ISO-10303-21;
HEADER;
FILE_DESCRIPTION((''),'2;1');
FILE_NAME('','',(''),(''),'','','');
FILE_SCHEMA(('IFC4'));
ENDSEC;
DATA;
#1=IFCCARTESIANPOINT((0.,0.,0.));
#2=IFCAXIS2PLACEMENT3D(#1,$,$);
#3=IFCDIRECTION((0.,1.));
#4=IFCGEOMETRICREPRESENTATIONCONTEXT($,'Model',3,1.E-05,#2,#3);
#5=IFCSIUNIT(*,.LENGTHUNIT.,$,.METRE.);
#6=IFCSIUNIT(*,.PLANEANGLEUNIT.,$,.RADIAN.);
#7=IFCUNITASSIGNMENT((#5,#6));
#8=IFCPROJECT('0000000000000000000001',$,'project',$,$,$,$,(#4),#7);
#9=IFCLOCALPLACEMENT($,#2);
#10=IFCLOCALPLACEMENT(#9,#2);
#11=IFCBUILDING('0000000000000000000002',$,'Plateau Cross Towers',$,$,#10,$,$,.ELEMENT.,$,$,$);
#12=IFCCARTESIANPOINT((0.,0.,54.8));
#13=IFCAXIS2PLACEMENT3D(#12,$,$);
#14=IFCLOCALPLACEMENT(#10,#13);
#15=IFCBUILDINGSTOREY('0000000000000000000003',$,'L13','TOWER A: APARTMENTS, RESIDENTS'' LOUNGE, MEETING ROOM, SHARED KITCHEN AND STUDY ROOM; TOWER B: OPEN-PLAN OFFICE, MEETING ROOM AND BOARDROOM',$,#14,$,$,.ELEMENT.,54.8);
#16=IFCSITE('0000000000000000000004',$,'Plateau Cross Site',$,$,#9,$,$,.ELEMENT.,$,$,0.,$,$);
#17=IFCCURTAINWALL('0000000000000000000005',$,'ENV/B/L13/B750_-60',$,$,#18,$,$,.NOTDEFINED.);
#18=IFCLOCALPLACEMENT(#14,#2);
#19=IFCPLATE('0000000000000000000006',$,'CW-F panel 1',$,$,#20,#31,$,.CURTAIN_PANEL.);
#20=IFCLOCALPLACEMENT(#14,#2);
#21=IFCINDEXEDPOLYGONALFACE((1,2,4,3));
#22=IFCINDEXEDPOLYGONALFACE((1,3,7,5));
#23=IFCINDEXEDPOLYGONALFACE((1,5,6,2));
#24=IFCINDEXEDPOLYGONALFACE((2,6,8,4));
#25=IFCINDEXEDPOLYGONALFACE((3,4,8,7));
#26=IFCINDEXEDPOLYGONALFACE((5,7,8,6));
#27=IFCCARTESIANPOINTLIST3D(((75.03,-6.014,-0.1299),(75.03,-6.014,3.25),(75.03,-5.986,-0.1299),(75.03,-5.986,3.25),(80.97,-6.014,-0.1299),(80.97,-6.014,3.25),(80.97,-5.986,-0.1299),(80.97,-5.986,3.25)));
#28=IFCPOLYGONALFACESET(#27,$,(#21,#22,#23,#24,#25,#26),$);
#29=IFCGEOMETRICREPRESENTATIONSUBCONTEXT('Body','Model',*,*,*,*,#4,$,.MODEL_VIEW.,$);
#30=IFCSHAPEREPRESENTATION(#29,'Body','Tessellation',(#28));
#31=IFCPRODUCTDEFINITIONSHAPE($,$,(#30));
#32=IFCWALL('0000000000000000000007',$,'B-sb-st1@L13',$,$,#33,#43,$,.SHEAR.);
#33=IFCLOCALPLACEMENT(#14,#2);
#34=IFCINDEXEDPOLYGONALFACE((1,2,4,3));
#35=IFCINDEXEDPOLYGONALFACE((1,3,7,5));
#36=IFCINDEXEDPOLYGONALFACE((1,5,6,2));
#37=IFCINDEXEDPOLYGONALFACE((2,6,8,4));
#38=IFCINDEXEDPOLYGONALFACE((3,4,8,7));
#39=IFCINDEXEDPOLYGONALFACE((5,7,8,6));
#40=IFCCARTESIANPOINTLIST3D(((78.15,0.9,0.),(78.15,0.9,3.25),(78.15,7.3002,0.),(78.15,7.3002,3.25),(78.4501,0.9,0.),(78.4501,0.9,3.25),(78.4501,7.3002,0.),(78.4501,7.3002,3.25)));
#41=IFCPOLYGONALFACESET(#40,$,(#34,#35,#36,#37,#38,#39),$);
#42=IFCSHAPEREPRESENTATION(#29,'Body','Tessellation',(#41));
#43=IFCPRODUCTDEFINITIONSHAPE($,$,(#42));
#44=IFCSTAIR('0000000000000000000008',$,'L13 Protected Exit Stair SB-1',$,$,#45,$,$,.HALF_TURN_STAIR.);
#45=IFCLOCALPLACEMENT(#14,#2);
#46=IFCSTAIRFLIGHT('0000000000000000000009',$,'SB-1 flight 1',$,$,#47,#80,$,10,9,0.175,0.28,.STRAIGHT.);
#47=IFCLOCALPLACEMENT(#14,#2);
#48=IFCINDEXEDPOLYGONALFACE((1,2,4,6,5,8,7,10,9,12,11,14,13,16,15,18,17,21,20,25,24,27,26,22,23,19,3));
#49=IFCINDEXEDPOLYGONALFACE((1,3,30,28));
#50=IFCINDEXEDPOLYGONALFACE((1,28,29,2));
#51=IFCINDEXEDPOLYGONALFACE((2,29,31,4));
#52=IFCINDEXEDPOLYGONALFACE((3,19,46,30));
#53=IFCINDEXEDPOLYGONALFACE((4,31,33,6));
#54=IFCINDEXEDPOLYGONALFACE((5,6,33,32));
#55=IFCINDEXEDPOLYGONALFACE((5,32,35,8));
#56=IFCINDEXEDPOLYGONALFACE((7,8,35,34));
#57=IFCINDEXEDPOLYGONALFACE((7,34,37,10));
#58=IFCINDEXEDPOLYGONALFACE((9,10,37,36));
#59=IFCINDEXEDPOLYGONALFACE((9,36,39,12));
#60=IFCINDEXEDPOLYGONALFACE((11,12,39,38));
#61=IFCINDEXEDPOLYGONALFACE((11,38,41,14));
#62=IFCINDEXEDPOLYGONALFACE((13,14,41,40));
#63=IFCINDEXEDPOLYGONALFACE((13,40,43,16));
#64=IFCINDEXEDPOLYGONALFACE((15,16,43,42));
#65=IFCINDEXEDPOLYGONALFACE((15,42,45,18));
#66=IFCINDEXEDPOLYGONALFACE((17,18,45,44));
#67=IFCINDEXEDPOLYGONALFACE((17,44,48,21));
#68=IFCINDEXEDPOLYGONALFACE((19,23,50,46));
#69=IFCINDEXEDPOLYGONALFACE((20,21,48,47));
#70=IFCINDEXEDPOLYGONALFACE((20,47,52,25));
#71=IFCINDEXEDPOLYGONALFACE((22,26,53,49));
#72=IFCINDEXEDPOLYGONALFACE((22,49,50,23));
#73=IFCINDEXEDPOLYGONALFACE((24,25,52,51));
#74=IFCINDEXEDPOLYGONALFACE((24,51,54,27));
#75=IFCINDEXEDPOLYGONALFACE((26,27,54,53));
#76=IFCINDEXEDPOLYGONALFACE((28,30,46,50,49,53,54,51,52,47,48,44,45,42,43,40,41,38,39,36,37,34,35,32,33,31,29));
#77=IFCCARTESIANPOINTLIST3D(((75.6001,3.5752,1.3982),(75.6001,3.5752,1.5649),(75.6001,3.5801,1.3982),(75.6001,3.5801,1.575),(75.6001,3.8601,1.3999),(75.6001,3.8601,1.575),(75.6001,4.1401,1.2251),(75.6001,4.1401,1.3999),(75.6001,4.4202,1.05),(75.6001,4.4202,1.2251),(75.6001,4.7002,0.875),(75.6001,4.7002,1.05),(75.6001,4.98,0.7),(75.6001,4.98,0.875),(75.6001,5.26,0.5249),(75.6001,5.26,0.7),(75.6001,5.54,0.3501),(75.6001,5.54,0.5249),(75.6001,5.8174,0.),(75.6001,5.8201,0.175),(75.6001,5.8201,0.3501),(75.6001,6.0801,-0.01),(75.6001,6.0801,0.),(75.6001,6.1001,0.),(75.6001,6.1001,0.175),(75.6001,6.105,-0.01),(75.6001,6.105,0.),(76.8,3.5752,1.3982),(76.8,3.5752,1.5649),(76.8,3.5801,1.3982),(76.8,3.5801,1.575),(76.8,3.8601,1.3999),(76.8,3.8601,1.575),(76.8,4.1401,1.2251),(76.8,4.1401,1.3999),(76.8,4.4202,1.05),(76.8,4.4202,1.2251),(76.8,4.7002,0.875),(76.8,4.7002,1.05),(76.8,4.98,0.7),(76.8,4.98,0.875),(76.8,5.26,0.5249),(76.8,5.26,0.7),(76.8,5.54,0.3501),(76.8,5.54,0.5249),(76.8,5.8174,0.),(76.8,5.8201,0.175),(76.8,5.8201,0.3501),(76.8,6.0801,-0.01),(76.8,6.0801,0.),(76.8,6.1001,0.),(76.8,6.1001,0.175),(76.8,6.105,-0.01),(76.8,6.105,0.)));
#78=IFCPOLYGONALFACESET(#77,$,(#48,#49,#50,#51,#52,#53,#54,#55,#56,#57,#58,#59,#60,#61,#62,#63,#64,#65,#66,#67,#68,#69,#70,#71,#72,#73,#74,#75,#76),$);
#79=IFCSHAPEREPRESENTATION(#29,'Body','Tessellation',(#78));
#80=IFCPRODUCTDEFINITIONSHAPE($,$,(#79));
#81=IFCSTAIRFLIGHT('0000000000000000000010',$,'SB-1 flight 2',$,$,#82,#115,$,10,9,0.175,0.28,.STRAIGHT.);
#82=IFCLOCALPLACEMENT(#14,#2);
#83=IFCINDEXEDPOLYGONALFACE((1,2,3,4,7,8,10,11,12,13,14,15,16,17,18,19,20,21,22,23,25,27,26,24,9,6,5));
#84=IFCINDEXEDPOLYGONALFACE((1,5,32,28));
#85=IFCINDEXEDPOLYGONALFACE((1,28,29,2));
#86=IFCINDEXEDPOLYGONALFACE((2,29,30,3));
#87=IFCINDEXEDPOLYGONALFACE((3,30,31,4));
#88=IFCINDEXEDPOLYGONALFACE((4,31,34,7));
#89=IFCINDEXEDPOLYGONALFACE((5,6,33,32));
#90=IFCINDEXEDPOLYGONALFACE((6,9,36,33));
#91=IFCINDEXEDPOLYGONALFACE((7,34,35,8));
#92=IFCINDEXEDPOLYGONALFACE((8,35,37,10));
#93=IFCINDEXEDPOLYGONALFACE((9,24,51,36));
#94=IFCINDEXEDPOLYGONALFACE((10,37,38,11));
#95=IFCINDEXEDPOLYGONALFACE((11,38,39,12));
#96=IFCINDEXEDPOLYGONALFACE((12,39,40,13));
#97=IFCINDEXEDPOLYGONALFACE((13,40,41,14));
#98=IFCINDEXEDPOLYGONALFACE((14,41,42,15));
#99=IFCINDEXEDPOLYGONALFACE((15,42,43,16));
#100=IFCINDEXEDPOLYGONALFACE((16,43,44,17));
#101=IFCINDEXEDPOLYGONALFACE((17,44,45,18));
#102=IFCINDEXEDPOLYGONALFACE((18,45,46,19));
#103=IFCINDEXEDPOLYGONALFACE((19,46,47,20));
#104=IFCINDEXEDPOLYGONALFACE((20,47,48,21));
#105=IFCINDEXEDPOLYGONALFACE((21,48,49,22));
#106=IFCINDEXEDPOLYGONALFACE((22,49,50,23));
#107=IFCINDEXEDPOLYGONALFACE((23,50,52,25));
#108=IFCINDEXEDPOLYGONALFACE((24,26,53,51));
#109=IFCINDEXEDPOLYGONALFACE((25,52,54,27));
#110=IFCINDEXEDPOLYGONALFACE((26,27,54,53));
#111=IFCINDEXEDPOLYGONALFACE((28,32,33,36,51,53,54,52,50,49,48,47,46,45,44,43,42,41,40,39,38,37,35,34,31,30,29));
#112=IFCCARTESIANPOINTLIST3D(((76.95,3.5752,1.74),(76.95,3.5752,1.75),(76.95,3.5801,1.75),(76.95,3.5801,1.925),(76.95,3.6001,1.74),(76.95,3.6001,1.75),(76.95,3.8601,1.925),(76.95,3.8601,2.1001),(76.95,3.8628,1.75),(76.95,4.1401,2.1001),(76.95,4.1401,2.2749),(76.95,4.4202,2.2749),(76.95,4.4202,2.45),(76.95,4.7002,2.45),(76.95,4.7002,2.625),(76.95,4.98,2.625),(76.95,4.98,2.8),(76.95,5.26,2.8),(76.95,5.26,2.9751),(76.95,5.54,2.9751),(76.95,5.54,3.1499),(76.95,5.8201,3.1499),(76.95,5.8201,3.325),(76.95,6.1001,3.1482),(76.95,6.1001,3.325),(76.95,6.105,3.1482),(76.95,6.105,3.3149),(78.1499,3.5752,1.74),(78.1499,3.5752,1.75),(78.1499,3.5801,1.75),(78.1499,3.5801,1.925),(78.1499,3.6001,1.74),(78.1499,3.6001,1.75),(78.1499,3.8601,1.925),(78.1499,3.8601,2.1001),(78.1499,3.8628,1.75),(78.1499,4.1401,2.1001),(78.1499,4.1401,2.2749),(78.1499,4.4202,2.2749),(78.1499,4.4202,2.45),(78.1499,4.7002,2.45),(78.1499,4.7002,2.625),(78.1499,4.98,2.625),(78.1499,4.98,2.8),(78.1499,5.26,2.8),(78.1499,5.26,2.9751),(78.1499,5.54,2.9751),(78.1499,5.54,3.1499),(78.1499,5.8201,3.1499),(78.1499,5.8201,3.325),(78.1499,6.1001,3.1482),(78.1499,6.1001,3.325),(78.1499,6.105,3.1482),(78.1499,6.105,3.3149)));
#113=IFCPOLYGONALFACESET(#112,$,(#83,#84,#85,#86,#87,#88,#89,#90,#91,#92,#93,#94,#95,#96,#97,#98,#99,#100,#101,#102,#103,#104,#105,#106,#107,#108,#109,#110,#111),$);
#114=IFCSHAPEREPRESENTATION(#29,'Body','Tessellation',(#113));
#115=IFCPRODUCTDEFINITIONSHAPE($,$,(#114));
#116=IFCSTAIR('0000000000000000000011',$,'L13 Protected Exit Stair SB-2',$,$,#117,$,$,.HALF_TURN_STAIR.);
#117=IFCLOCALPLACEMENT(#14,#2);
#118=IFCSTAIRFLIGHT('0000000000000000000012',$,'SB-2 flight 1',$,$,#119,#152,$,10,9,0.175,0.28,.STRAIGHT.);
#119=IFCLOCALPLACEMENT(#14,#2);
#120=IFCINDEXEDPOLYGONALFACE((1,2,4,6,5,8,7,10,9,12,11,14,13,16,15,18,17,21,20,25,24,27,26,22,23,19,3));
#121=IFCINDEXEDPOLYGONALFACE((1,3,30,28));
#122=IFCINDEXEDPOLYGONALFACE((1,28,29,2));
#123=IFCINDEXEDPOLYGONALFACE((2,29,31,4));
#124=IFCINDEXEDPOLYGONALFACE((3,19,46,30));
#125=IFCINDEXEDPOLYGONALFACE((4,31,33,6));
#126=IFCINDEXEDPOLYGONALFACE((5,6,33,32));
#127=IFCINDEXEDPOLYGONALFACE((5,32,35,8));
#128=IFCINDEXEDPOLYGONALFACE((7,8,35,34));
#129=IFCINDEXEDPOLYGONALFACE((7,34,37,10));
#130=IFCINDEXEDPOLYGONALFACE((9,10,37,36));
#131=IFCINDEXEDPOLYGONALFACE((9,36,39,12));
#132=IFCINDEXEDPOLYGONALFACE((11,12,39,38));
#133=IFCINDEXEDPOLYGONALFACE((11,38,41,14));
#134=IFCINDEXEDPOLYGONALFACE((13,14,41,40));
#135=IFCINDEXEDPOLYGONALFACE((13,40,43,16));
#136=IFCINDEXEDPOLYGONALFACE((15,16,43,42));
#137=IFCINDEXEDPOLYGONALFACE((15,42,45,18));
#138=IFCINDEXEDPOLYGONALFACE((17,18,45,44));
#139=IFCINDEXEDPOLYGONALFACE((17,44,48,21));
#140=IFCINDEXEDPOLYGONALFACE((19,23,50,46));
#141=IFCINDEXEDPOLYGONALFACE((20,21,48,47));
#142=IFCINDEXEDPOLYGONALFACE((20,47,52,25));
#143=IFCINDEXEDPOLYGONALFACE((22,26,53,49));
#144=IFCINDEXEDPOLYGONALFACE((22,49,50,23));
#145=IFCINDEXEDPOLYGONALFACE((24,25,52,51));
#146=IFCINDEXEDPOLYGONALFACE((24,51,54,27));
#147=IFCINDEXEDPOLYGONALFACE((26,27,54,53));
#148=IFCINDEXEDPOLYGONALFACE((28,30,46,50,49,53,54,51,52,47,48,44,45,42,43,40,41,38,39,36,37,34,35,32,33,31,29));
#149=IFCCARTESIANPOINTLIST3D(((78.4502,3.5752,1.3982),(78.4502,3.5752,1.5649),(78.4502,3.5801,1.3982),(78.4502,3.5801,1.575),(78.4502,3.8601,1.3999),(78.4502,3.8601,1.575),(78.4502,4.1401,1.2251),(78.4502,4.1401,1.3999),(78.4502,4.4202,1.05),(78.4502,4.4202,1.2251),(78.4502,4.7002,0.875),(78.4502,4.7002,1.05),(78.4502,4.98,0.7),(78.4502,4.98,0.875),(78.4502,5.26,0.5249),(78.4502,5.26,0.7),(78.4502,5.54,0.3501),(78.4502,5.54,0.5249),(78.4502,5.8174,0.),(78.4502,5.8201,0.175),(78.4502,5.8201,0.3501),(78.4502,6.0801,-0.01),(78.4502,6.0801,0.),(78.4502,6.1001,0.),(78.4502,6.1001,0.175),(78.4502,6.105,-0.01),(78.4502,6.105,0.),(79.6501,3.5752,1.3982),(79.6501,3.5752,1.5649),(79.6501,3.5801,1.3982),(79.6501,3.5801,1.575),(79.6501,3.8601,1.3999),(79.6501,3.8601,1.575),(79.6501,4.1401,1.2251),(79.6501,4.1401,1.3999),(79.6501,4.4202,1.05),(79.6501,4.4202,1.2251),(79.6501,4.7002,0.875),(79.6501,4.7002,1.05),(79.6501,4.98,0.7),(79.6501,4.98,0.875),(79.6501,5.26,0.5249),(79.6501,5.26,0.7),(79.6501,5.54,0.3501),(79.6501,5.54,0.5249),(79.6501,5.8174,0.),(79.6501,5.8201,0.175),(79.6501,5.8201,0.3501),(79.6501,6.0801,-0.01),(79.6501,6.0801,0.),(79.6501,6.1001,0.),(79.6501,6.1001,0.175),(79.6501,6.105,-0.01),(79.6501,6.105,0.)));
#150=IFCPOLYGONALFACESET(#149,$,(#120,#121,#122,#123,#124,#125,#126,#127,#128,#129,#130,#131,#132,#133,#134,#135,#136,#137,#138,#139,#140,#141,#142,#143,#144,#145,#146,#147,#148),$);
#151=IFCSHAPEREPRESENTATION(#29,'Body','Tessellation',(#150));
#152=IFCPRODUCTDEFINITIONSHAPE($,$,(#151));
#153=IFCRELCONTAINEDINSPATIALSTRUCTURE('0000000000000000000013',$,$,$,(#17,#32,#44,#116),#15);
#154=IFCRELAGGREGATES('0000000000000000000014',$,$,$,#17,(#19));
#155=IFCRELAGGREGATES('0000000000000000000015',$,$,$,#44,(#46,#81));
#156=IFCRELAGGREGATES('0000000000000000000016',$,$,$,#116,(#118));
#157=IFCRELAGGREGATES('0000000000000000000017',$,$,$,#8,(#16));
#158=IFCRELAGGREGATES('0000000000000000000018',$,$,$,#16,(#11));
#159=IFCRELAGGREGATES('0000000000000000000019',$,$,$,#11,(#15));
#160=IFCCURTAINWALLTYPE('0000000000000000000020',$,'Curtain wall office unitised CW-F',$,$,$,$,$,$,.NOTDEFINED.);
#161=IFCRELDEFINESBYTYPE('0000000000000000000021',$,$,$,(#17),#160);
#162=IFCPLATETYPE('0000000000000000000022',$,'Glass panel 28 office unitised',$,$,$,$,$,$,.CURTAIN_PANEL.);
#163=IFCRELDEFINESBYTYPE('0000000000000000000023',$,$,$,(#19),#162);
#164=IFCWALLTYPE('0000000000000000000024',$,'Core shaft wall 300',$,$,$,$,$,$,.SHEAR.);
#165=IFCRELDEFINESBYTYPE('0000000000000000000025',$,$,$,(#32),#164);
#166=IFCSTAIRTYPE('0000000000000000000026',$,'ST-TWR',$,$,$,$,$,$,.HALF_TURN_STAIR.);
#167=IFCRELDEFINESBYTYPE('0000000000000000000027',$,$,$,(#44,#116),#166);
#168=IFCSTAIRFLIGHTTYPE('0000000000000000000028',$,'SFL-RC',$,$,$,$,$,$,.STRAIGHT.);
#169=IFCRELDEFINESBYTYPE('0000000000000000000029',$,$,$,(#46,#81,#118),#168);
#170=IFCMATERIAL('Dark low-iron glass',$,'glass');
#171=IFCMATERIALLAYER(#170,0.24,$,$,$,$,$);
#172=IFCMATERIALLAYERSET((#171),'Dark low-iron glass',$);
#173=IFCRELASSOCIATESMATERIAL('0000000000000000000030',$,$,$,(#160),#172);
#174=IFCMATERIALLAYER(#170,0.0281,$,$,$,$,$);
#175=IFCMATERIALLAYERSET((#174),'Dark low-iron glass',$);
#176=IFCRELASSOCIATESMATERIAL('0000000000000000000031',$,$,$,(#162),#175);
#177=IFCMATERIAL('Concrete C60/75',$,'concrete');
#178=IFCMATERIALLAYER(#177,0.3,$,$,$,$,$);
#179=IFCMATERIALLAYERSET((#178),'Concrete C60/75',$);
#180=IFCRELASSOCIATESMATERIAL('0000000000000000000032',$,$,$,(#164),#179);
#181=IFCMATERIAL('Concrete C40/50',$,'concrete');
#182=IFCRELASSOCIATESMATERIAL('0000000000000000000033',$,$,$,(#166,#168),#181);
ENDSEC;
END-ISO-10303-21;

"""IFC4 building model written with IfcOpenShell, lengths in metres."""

from ifc_helpers import new_model, si_unit, direction, frame, frame_2d, origin, origin_2d, place, context, subcontext, project, spatial, polyline, rectangle, outline, extrude, material, layer, layer_set, type_object, element, aggregate, save


model = new_model("IFC4")

# Units and contexts
model_context = context("Model", 3, precision=1e-05, world=origin(), true_north=direction((0.0, 1.0)))
body_context = subcontext(model_context, "Body", "Model", "MODEL_VIEW")
ifc_project = project(units=[si_unit("LENGTHUNIT", "METRE"), si_unit("PLANEANGLEUNIT", "RADIAN")], contexts=[model_context])

# Site, building, storey
site_placement = place(None, origin())
site = spatial("IfcSite", under=ifc_project, at=site_placement, Name="Plateau Cross Site", CompositionType="ELEMENT", RefElevation=0.0)
building_placement = place(site_placement, origin())
building = spatial("IfcBuilding", under=site, at=building_placement, Name="Plateau Cross Towers", CompositionType="ELEMENT")
storey_placement = place(building_placement, frame((0.0, 0.0, 54.8)))
storey = spatial("IfcBuildingStorey", under=building, at=storey_placement, Name="L13", Description="TOWER A: APARTMENTS, RESIDENTS' LOUNGE, MEETING ROOM, SHARED KITCHEN AND STUDY ROOM; TOWER B: OPEN-PLAN OFFICE, MEETING ROOM AND BOARDROOM", CompositionType="ELEMENT", Elevation=54.8)

# Curtain wall, plate
ifc_material_1 = material(Name="Dark low-iron glass", Category="glass")
ifc_layer_1 = layer(ifc_material_1, 0.24)
ifc_layer_set_1 = layer_set([ifc_layer_1], Name="Dark low-iron glass")
curtain_wall_type = type_object("IfcCurtainWallType", Name="Curtain wall office unitised CW-F", PredefinedType="NOTDEFINED", material=ifc_layer_set_1)
curtain_wall_placement = place(storey_placement, origin())
curtain_wall = element("IfcCurtainWall", 1, at=curtain_wall_placement, inside=storey, type_object=curtain_wall_type, Name="ENV/B/L13/B750_-60", PredefinedType="NOTDEFINED")
ifc_layer_2 = layer(ifc_material_1, 0.0281)
ifc_layer_set_2 = layer_set([ifc_layer_2], Name="Dark low-iron glass")
plate_type = type_object("IfcPlateType", Name="Glass panel 28 office unitised", PredefinedType="CURTAIN_PANEL", material=ifc_layer_set_2)
plate_placement = place(storey_placement, frame((78.0, -6.0, -0.1299), z_axis=(0.0, 0.0, 1.0), x_axis=(1.0, 0.0, 0.0)))
plate = element("IfcPlate", 2, at=plate_placement, type_object=plate_type, Name="CW-F panel 1", PredefinedType="CURTAIN_PANEL", context=body_context, shape_type="SweptSolid", body=[
    extrude(rectangle(XDim=5.9399, YDim=0.0281, at=origin_2d()), origin(), (0.0, 0.0, 1.0), 3.3799),
])
aggregate(curtain_wall, [plate])

# Wall
ifc_material_2 = material(Name="Concrete C60/75", Category="concrete")
ifc_layer_3 = layer(ifc_material_2, 0.3)
ifc_layer_set_3 = layer_set([ifc_layer_3], Name="Concrete C60/75")
wall_type_1 = type_object("IfcWallType", Name="Core shaft wall 300", PredefinedType="SHEAR", material=ifc_layer_set_3)
wall_1_placement = place(storey_placement, frame((78.3, 0.8999, 0.0), z_axis=(0.0, 0.0, 1.0), x_axis=(0.0, 1.0, 0.0)))
element("IfcWall", 3, at=wall_1_placement, inside=storey, type_object=wall_type_1, Name="B-sb-st1@L13", PredefinedType="SHEAR", context=body_context, shape_type="SweptSolid", body=[
    extrude(rectangle(XDim=6.4001, YDim=0.3, at=frame_2d((3.2002, 0.0))), origin(), (0.0, 0.0, 1.0), 3.25),
])

# Stair, stair flights
ifc_material_3 = material(Name="Concrete C40/50", Category="concrete")
stair_type = type_object("IfcStairType", Name="ST-TWR", PredefinedType="HALF_TURN_STAIR", material=ifc_material_3)
stair_1_placement = place(storey_placement, origin())
stair_1 = element("IfcStair", 4, at=stair_1_placement, inside=storey, type_object=stair_type, Name="L13 Protected Exit Stair SB-1", PredefinedType="HALF_TURN_STAIR")
stair_flight_type = type_object("IfcStairFlightType", Name="SFL-RC", PredefinedType="STRAIGHT", material=ifc_material_3)
stair_flight_1_placement = place(storey_placement, frame((76.2, 6.1001, 0.0), z_axis=(0.0, 0.0, 1.0), x_axis=(0.0, -1.0, 0.0)))
stair_flight_1 = element("IfcStairFlight", 5, at=stair_flight_1_placement, type_object=stair_flight_type, Name="SB-1 flight 1", NumberOfRisers=10, NumberOfTreads=9, PredefinedType="STRAIGHT", RiserHeight=0.175, TreadLength=0.28, context=body_context, shape_type="SweptSolid", body=[
    extrude(outline(polyline([(-0.0049, -0.01), (-0.0049, 0.0), (0.0, 0.0), (0.0, 0.175), (0.28, 0.175), (0.28, 0.3501), (0.5601, 0.3501), (0.5601, 0.5249), (0.8401, 0.5249), (0.8401, 0.7), (1.1201, 0.7), (1.1201, 0.875), (1.3999, 0.875), (1.3999, 1.05), (1.6799, 1.05), (1.6799, 1.2251), (1.96, 1.2251), (1.96, 1.3999), (2.24, 1.3999), (2.24, 1.575), (2.52, 1.575), (2.5249, 1.5649), (2.5249, 1.3982), (2.52, 1.3982), (0.2827, 0.0), (0.02, 0.0), (0.02, -0.01), (-0.0049, -0.01)])), frame((0.0, 0.6001, 0.0), z_axis=(0.0, -1.0, 0.0), x_axis=(1.0, 0.0, 0.0)), (0.0, 0.0, 1.0), 1.2),
])
stair_flight_2_placement = place(storey_placement, frame((77.55, 3.5801, 1.75), z_axis=(0.0, 0.0, 1.0), x_axis=(0.0, 1.0, 0.0)))
stair_flight_2 = element("IfcStairFlight", 6, at=stair_flight_2_placement, type_object=stair_flight_type, Name="SB-1 flight 2", NumberOfRisers=10, NumberOfTreads=9, PredefinedType="STRAIGHT", RiserHeight=0.175, TreadLength=0.28, context=body_context, shape_type="SweptSolid", body=[
    extrude(outline(polyline([(-0.0049, -0.01), (-0.0049, 0.0), (0.0, 0.0), (0.0, 0.175), (0.28, 0.175), (0.28, 0.3501), (0.5601, 0.3501), (0.5601, 0.5249), (0.8401, 0.5249), (0.8401, 0.7), (1.1201, 0.7), (1.1201, 0.875), (1.3999, 0.875), (1.3999, 1.05), (1.6799, 1.05), (1.6799, 1.2251), (1.96, 1.2251), (1.96, 1.3999), (2.24, 1.3999), (2.24, 1.575), (2.52, 1.575), (2.5249, 1.5649), (2.5249, 1.3982), (2.52, 1.3982), (0.2827, 0.0), (0.02, 0.0), (0.02, -0.01), (-0.0049, -0.01)])), frame((0.0, 0.6001, 0.0), z_axis=(0.0, -1.0, 0.0), x_axis=(1.0, 0.0, 0.0)), (0.0, 0.0, 1.0), 1.2),
])
aggregate(stair_1, [stair_flight_1, stair_flight_2])

# Stair, stair flight
stair_2_placement = place(storey_placement, origin())
stair_2 = element("IfcStair", 7, at=stair_2_placement, inside=storey, type_object=stair_type, Name="L13 Protected Exit Stair SB-2", PredefinedType="HALF_TURN_STAIR")
stair_flight_3_placement = place(storey_placement, frame((79.05, 6.1001, 0.0), z_axis=(0.0, 0.0, 1.0), x_axis=(0.0, -1.0, 0.0)))
stair_flight_3 = element("IfcStairFlight", 8, at=stair_flight_3_placement, type_object=stair_flight_type, Name="SB-2 flight 1", NumberOfRisers=10, NumberOfTreads=9, PredefinedType="STRAIGHT", RiserHeight=0.175, TreadLength=0.28, context=body_context, shape_type="SweptSolid", body=[
    extrude(outline(polyline([(-0.0049, -0.01), (-0.0049, 0.0), (0.0, 0.0), (0.0, 0.175), (0.28, 0.175), (0.28, 0.3501), (0.5601, 0.3501), (0.5601, 0.5249), (0.8401, 0.5249), (0.8401, 0.7), (1.1201, 0.7), (1.1201, 0.875), (1.3999, 0.875), (1.3999, 1.05), (1.6799, 1.05), (1.6799, 1.2251), (1.96, 1.2251), (1.96, 1.3999), (2.24, 1.3999), (2.24, 1.575), (2.52, 1.575), (2.5249, 1.5649), (2.5249, 1.3982), (2.52, 1.3982), (0.2827, 0.0), (0.02, 0.0), (0.02, -0.01), (-0.0049, -0.01)])), frame((0.0, 0.6001, 0.0), z_axis=(0.0, -1.0, 0.0), x_axis=(1.0, 0.0, 0.0)), (0.0, 0.0, 1.0), 1.2),
])
aggregate(stair_2, [stair_flight_3])

save(model, "model.ifc")
